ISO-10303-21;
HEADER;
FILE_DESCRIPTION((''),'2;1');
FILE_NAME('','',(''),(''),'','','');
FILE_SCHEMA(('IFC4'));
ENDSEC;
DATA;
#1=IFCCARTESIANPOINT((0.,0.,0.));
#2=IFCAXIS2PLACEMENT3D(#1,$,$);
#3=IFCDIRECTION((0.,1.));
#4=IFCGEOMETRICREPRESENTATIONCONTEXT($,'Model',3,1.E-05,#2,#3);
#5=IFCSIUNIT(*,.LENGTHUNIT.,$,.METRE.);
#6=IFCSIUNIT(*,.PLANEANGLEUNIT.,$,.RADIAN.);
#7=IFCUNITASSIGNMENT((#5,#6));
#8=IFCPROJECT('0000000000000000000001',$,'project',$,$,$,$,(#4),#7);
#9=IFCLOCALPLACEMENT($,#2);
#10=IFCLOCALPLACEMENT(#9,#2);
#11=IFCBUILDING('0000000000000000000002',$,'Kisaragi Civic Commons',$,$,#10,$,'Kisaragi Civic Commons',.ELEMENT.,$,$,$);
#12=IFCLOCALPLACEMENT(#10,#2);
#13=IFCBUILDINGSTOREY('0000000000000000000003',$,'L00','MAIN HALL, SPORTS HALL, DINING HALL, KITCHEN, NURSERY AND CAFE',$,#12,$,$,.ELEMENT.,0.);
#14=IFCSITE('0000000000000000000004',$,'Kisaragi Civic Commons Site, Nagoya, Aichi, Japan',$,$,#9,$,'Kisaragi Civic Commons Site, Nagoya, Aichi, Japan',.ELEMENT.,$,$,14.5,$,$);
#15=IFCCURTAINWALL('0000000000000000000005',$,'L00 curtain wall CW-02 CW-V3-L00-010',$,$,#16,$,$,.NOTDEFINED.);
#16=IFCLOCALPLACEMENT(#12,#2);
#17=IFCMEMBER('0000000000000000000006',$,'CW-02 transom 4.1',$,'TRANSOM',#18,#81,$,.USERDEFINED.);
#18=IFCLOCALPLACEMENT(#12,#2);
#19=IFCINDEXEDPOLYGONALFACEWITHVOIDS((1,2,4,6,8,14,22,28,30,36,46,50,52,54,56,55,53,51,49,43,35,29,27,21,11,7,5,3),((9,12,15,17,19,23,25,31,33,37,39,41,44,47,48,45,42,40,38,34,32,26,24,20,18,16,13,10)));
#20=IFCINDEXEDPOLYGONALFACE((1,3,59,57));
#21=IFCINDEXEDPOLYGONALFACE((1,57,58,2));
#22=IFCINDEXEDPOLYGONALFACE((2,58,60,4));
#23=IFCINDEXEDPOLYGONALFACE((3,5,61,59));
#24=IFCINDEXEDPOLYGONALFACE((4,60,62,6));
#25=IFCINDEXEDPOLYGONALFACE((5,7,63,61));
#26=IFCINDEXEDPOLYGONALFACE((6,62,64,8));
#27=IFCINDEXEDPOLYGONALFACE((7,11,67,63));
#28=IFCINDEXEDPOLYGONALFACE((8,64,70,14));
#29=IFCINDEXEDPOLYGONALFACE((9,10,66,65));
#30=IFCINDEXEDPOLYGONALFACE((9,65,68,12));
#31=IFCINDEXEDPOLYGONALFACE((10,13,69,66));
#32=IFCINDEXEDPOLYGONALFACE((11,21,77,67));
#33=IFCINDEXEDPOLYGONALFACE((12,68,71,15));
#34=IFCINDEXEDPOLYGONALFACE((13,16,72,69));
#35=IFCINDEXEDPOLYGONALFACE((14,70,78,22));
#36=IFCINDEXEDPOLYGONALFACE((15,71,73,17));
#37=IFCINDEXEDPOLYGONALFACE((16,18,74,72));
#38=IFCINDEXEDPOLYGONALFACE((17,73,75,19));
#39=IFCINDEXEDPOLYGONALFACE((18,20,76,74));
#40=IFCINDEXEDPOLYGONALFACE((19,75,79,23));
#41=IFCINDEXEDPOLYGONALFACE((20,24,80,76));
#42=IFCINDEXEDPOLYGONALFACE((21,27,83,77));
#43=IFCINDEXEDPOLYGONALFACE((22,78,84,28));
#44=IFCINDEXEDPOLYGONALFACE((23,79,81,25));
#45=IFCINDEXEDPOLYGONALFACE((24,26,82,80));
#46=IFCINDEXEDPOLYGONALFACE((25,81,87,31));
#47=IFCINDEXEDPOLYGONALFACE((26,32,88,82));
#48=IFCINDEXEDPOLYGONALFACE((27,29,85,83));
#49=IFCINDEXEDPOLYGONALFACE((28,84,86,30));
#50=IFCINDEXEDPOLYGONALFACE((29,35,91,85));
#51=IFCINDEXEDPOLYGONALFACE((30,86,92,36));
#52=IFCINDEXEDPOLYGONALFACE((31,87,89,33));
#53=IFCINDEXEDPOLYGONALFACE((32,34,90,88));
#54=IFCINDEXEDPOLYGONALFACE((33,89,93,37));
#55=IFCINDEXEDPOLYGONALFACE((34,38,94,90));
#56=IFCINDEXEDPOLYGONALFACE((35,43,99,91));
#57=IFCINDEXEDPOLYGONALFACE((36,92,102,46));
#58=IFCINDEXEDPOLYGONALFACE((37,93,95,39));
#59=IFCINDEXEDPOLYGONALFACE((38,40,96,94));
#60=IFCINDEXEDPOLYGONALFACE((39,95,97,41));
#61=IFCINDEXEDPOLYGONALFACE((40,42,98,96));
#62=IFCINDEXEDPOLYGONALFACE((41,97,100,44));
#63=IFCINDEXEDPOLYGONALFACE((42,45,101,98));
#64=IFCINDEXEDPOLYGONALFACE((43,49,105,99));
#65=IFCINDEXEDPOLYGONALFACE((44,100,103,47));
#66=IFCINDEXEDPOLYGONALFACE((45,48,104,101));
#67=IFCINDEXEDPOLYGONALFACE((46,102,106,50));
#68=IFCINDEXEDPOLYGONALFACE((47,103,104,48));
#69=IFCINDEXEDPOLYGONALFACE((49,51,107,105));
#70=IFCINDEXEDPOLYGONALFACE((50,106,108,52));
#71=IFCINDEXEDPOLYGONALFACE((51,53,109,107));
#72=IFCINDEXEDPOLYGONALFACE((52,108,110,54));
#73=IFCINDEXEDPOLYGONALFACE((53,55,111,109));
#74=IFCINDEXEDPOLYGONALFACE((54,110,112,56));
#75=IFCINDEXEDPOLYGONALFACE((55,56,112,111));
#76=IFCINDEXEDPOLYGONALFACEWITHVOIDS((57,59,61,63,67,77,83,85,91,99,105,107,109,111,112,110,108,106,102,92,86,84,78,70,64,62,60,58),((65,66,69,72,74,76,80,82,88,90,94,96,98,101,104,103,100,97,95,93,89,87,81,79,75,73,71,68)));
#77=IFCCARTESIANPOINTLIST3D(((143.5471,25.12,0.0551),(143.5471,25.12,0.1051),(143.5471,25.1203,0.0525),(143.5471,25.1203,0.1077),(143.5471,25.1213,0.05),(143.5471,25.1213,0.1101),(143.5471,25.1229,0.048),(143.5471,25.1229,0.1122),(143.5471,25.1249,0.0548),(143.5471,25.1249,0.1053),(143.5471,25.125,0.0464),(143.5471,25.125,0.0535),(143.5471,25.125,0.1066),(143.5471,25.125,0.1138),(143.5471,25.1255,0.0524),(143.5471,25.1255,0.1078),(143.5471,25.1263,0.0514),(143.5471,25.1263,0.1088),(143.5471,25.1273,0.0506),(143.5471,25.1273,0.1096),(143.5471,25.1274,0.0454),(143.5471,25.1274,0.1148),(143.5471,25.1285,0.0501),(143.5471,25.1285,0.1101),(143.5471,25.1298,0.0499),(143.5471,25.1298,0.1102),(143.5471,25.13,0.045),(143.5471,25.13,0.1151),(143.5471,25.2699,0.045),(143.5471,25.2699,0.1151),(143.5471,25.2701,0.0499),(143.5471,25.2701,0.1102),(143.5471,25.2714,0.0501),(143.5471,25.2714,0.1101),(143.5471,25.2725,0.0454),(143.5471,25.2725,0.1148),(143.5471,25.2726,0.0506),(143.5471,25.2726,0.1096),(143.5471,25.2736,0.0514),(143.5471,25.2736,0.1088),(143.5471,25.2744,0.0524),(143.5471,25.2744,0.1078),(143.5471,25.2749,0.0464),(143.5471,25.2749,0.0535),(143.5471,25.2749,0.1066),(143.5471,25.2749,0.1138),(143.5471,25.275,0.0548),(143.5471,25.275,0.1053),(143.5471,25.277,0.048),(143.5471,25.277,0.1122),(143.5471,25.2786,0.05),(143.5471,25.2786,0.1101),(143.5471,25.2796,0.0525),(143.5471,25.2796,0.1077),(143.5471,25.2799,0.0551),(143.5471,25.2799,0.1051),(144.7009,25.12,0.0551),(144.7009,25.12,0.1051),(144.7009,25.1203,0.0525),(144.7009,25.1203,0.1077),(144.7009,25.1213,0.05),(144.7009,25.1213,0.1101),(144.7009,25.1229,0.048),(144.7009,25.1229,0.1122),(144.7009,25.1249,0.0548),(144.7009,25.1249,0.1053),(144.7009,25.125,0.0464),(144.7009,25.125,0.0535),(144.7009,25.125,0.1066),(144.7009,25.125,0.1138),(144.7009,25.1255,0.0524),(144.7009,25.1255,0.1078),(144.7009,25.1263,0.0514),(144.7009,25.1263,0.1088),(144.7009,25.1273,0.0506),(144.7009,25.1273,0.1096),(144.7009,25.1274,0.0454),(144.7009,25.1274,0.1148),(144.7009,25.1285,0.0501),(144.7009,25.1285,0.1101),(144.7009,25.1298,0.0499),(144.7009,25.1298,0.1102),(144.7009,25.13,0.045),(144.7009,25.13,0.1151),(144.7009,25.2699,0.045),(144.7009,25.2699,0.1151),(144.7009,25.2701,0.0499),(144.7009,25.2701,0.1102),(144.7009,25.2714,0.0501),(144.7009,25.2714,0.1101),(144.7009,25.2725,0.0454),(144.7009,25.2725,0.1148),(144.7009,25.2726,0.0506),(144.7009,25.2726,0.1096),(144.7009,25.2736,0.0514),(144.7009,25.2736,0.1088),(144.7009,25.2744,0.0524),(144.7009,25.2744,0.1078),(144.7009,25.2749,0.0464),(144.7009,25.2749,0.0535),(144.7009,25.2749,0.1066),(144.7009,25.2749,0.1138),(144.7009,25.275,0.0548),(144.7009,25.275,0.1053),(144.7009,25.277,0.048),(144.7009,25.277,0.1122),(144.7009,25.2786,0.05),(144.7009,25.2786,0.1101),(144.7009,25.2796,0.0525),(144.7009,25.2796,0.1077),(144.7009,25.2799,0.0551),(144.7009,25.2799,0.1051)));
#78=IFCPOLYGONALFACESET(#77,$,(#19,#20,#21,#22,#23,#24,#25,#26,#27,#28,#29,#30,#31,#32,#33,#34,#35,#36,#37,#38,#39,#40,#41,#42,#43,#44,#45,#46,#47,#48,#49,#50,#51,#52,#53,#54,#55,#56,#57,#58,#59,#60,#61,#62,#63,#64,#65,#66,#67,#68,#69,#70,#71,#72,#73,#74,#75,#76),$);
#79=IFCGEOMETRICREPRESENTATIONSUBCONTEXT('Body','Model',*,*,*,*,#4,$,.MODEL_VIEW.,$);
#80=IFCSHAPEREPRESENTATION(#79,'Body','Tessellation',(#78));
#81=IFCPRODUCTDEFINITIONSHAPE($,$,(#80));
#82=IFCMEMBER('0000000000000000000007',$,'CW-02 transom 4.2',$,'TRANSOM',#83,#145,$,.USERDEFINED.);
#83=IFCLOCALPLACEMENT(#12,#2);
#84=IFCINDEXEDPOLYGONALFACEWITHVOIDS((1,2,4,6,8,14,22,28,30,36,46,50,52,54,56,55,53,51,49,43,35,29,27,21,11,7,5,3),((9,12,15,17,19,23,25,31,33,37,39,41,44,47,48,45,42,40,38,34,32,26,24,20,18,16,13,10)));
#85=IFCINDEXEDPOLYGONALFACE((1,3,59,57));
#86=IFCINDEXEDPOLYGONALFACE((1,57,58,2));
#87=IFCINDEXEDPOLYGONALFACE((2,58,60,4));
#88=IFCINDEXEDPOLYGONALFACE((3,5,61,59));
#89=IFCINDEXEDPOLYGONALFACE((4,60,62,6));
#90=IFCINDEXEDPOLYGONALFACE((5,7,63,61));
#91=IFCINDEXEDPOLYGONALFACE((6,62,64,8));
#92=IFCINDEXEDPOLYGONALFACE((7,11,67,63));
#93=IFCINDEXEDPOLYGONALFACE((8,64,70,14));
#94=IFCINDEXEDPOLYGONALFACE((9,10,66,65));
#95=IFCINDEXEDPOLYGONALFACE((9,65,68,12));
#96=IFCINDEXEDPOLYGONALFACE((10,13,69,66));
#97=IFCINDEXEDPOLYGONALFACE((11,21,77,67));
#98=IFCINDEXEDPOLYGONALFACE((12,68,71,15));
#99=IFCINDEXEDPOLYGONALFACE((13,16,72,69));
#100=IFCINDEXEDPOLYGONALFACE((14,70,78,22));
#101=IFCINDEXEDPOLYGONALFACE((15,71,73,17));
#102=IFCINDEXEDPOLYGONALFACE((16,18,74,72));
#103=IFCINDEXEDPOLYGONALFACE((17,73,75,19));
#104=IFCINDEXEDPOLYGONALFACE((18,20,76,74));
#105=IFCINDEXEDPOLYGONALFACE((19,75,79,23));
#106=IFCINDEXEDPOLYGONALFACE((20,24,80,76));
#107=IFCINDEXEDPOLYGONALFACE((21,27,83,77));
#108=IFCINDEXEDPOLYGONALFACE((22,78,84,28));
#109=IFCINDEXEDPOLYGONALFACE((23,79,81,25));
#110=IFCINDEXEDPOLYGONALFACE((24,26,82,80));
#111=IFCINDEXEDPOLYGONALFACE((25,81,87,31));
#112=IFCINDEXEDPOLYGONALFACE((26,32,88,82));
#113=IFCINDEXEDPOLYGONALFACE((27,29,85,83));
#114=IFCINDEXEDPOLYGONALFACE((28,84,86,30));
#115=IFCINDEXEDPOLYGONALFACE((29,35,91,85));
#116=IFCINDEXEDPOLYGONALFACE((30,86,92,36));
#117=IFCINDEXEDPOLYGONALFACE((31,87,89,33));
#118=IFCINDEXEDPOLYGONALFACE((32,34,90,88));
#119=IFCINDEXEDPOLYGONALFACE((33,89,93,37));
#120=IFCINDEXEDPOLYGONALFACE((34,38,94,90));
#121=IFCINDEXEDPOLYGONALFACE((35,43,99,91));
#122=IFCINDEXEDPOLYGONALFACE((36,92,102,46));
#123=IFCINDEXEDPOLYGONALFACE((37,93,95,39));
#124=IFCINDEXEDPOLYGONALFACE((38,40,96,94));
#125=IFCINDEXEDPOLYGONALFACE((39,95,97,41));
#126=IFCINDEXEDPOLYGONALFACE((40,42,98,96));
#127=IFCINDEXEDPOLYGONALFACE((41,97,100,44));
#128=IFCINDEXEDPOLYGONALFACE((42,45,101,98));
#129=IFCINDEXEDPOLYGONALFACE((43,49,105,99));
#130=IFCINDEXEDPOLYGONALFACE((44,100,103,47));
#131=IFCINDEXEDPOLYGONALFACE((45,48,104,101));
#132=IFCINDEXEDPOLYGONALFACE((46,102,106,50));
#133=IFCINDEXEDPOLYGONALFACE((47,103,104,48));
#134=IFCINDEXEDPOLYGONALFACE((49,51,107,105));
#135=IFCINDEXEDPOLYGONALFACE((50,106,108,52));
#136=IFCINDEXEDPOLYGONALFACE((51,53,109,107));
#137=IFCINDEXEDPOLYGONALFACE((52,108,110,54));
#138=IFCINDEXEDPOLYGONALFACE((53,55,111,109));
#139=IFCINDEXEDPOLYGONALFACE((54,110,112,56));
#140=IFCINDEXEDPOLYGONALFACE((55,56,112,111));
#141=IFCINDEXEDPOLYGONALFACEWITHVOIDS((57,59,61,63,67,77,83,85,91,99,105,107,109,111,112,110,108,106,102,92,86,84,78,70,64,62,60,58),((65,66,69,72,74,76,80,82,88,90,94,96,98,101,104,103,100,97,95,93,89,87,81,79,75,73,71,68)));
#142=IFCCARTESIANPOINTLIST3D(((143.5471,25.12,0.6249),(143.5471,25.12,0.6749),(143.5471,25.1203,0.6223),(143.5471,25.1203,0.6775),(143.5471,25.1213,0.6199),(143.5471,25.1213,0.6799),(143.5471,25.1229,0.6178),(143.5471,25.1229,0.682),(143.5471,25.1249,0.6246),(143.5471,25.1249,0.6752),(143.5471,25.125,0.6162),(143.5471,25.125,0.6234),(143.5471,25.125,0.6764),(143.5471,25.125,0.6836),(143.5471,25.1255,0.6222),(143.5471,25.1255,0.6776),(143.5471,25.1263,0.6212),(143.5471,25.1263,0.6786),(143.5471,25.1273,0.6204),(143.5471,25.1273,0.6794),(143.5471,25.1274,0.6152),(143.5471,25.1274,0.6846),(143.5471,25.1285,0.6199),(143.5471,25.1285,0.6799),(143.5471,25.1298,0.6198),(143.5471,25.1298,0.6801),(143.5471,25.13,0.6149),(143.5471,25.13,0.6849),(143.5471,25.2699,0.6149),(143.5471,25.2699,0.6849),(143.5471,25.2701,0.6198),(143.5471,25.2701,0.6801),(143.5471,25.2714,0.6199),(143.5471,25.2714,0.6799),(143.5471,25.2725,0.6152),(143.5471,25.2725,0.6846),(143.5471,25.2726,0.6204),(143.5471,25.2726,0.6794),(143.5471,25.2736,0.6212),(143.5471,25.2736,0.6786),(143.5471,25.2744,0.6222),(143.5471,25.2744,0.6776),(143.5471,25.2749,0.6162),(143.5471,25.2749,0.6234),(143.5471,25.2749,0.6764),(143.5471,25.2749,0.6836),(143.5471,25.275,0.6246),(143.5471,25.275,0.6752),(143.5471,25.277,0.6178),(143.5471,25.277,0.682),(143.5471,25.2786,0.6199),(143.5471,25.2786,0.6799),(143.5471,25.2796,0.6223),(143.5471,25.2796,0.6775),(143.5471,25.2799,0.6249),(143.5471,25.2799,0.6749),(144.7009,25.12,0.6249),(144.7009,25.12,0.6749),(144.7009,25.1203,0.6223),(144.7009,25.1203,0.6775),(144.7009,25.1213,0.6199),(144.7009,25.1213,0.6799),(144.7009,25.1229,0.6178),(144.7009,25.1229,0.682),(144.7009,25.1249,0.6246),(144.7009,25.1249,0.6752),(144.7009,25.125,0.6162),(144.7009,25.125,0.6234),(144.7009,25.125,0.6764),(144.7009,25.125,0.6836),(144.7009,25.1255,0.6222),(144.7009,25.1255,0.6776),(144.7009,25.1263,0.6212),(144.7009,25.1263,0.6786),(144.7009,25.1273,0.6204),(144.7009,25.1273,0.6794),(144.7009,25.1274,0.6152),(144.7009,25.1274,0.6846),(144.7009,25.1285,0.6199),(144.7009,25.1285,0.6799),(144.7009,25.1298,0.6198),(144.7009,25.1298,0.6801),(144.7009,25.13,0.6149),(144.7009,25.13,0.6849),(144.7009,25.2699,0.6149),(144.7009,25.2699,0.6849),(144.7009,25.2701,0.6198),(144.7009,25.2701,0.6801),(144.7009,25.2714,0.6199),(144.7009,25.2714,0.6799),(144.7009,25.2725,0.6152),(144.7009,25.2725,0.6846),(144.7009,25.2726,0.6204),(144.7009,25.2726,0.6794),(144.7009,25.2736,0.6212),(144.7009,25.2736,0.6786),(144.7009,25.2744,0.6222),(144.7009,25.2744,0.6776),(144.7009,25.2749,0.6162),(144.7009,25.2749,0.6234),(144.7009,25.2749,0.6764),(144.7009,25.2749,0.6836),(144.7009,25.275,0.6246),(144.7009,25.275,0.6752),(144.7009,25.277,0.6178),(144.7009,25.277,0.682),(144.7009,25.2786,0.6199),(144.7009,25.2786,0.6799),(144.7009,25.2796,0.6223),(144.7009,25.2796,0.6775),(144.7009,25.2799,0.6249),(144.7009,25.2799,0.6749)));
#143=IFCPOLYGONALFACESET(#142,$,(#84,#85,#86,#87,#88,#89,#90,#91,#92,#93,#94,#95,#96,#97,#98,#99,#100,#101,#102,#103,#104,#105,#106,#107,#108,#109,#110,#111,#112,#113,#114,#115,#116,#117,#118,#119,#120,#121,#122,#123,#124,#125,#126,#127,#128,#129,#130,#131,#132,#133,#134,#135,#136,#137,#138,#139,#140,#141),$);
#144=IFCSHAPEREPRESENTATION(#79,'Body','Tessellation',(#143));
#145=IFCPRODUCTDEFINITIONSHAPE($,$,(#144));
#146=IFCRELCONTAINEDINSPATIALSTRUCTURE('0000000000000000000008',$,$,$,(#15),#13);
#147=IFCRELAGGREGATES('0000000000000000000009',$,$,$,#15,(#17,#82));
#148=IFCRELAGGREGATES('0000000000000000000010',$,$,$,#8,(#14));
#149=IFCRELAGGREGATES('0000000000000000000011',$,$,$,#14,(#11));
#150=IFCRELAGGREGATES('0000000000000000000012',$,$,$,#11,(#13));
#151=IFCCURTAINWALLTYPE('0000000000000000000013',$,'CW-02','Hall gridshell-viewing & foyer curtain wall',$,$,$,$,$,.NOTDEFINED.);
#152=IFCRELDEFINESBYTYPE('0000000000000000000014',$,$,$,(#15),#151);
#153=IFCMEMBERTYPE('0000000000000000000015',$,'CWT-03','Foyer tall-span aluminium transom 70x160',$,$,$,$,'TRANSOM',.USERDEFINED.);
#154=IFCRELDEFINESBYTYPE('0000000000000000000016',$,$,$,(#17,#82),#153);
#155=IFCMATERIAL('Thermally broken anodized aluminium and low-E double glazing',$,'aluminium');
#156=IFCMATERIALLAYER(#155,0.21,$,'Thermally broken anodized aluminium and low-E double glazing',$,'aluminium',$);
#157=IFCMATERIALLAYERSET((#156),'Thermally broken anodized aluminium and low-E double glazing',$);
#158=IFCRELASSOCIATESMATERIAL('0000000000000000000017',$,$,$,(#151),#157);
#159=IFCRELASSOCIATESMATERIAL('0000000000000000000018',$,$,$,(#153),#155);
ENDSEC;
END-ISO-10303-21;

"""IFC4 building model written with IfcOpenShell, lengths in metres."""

from ifc_helpers import new_model, si_unit, direction, frame, origin, origin_2d, place, context, subcontext, project, spatial, hollow_rectangle, extrude, material, layer, layer_set, material_profile, profile_set, type_object, element, aggregate, save


model = new_model("IFC4")

# Units and contexts
model_context = context("Model", 3, precision=1e-05, world=origin(), true_north=direction((0.0, 1.0)))
body_context = subcontext(model_context, "Body", "Model", "MODEL_VIEW")
ifc_project = project(units=[si_unit("LENGTHUNIT", "METRE"), si_unit("PLANEANGLEUNIT", "RADIAN")], contexts=[model_context])

# Site, building, storey
site_placement = place(None, origin())
site = spatial("IfcSite", under=ifc_project, at=site_placement, Name="Kisaragi Civic Commons Site, Nagoya, Aichi, Japan", LongName="Kisaragi Civic Commons Site, Nagoya, Aichi, Japan", CompositionType="ELEMENT", RefElevation=14.5)
building_placement = place(site_placement, origin())
building = spatial("IfcBuilding", under=site, at=building_placement, Name="Kisaragi Civic Commons", LongName="Kisaragi Civic Commons", CompositionType="ELEMENT")
storey_placement = place(building_placement, origin())
storey = spatial("IfcBuildingStorey", under=building, at=storey_placement, Name="L00", Description="MAIN HALL, SPORTS HALL, DINING HALL, KITCHEN, NURSERY AND CAFE", CompositionType="ELEMENT", Elevation=0.0)

# Curtain wall, members
ifc_material_1 = material(Name="Thermally broken anodized aluminium and low-E double glazing", Category="aluminium")
ifc_layer_1 = layer(ifc_material_1, 0.21, Name="Thermally broken anodized aluminium and low-E double glazing", Category="aluminium")
ifc_layer_set_1 = layer_set([ifc_layer_1], Name="Thermally broken anodized aluminium and low-E double glazing")
curtain_wall_type = type_object("IfcCurtainWallType", Name="CW-02", Description="Hall gridshell-viewing & foyer curtain wall", PredefinedType="NOTDEFINED", material=ifc_layer_set_1)
curtain_wall_placement = place(storey_placement, origin())
curtain_wall = element("IfcCurtainWall", 1, at=curtain_wall_placement, inside=storey, type_object=curtain_wall_type, Name="L00 curtain wall CW-02 CW-V3-L00-010", PredefinedType="NOTDEFINED")
ifc_material_profile_1 = material_profile(ifc_material_1, hollow_rectangle(XDim=0.1599, YDim=0.0701, WallThickness=0.0049, InnerFilletRadius=0.0049, OuterFilletRadius=0.01, at=origin_2d()), Name="CWT-70x160x5", Category="aluminium")
ifc_profile_set_1 = profile_set([ifc_material_profile_1], Name="Thermally broken anodized aluminium and low-E double glazing")
member_type_1 = type_object("IfcMemberType", Name="CWT-03", Description="Foyer tall-span aluminium transom 70x160", ElementType="TRANSOM", PredefinedType="USERDEFINED", material=ifc_profile_set_1)
member_1_placement = place(storey_placement, frame((143.5471, 25.2, 0.0801), z_axis=(1.0, 0.0, 0.0), x_axis=(0.0, 1.0, 0.0)))
member_1 = element("IfcMember", 2, at=member_1_placement, type_object=member_type_1, Name="CW-02 transom 4.1", ObjectType="TRANSOM", PredefinedType="USERDEFINED", context=body_context, shape_type="SweptSolid", body=[
    extrude(hollow_rectangle(XDim=0.1599, YDim=0.0701, WallThickness=0.0049, InnerFilletRadius=0.0049, OuterFilletRadius=0.01, at=origin_2d()), origin(), (0.0, 0.0, 1.0), 1.1538),
])
member_2_placement = place(storey_placement, frame((143.5471, 25.2, 0.6499), z_axis=(1.0, 0.0, 0.0), x_axis=(0.0, 1.0, 0.0)))
member_2 = element("IfcMember", 3, at=member_2_placement, type_object=member_type_1, Name="CW-02 transom 4.2", ObjectType="TRANSOM", PredefinedType="USERDEFINED", context=body_context, shape_type="SweptSolid", body=[
    extrude(hollow_rectangle(XDim=0.1599, YDim=0.0701, WallThickness=0.0049, InnerFilletRadius=0.0049, OuterFilletRadius=0.01, at=origin_2d()), origin(), (0.0, 0.0, 1.0), 1.1538),
])

aggregate(curtain_wall, [member_1, member_2])

save(model, "model.ifc")
